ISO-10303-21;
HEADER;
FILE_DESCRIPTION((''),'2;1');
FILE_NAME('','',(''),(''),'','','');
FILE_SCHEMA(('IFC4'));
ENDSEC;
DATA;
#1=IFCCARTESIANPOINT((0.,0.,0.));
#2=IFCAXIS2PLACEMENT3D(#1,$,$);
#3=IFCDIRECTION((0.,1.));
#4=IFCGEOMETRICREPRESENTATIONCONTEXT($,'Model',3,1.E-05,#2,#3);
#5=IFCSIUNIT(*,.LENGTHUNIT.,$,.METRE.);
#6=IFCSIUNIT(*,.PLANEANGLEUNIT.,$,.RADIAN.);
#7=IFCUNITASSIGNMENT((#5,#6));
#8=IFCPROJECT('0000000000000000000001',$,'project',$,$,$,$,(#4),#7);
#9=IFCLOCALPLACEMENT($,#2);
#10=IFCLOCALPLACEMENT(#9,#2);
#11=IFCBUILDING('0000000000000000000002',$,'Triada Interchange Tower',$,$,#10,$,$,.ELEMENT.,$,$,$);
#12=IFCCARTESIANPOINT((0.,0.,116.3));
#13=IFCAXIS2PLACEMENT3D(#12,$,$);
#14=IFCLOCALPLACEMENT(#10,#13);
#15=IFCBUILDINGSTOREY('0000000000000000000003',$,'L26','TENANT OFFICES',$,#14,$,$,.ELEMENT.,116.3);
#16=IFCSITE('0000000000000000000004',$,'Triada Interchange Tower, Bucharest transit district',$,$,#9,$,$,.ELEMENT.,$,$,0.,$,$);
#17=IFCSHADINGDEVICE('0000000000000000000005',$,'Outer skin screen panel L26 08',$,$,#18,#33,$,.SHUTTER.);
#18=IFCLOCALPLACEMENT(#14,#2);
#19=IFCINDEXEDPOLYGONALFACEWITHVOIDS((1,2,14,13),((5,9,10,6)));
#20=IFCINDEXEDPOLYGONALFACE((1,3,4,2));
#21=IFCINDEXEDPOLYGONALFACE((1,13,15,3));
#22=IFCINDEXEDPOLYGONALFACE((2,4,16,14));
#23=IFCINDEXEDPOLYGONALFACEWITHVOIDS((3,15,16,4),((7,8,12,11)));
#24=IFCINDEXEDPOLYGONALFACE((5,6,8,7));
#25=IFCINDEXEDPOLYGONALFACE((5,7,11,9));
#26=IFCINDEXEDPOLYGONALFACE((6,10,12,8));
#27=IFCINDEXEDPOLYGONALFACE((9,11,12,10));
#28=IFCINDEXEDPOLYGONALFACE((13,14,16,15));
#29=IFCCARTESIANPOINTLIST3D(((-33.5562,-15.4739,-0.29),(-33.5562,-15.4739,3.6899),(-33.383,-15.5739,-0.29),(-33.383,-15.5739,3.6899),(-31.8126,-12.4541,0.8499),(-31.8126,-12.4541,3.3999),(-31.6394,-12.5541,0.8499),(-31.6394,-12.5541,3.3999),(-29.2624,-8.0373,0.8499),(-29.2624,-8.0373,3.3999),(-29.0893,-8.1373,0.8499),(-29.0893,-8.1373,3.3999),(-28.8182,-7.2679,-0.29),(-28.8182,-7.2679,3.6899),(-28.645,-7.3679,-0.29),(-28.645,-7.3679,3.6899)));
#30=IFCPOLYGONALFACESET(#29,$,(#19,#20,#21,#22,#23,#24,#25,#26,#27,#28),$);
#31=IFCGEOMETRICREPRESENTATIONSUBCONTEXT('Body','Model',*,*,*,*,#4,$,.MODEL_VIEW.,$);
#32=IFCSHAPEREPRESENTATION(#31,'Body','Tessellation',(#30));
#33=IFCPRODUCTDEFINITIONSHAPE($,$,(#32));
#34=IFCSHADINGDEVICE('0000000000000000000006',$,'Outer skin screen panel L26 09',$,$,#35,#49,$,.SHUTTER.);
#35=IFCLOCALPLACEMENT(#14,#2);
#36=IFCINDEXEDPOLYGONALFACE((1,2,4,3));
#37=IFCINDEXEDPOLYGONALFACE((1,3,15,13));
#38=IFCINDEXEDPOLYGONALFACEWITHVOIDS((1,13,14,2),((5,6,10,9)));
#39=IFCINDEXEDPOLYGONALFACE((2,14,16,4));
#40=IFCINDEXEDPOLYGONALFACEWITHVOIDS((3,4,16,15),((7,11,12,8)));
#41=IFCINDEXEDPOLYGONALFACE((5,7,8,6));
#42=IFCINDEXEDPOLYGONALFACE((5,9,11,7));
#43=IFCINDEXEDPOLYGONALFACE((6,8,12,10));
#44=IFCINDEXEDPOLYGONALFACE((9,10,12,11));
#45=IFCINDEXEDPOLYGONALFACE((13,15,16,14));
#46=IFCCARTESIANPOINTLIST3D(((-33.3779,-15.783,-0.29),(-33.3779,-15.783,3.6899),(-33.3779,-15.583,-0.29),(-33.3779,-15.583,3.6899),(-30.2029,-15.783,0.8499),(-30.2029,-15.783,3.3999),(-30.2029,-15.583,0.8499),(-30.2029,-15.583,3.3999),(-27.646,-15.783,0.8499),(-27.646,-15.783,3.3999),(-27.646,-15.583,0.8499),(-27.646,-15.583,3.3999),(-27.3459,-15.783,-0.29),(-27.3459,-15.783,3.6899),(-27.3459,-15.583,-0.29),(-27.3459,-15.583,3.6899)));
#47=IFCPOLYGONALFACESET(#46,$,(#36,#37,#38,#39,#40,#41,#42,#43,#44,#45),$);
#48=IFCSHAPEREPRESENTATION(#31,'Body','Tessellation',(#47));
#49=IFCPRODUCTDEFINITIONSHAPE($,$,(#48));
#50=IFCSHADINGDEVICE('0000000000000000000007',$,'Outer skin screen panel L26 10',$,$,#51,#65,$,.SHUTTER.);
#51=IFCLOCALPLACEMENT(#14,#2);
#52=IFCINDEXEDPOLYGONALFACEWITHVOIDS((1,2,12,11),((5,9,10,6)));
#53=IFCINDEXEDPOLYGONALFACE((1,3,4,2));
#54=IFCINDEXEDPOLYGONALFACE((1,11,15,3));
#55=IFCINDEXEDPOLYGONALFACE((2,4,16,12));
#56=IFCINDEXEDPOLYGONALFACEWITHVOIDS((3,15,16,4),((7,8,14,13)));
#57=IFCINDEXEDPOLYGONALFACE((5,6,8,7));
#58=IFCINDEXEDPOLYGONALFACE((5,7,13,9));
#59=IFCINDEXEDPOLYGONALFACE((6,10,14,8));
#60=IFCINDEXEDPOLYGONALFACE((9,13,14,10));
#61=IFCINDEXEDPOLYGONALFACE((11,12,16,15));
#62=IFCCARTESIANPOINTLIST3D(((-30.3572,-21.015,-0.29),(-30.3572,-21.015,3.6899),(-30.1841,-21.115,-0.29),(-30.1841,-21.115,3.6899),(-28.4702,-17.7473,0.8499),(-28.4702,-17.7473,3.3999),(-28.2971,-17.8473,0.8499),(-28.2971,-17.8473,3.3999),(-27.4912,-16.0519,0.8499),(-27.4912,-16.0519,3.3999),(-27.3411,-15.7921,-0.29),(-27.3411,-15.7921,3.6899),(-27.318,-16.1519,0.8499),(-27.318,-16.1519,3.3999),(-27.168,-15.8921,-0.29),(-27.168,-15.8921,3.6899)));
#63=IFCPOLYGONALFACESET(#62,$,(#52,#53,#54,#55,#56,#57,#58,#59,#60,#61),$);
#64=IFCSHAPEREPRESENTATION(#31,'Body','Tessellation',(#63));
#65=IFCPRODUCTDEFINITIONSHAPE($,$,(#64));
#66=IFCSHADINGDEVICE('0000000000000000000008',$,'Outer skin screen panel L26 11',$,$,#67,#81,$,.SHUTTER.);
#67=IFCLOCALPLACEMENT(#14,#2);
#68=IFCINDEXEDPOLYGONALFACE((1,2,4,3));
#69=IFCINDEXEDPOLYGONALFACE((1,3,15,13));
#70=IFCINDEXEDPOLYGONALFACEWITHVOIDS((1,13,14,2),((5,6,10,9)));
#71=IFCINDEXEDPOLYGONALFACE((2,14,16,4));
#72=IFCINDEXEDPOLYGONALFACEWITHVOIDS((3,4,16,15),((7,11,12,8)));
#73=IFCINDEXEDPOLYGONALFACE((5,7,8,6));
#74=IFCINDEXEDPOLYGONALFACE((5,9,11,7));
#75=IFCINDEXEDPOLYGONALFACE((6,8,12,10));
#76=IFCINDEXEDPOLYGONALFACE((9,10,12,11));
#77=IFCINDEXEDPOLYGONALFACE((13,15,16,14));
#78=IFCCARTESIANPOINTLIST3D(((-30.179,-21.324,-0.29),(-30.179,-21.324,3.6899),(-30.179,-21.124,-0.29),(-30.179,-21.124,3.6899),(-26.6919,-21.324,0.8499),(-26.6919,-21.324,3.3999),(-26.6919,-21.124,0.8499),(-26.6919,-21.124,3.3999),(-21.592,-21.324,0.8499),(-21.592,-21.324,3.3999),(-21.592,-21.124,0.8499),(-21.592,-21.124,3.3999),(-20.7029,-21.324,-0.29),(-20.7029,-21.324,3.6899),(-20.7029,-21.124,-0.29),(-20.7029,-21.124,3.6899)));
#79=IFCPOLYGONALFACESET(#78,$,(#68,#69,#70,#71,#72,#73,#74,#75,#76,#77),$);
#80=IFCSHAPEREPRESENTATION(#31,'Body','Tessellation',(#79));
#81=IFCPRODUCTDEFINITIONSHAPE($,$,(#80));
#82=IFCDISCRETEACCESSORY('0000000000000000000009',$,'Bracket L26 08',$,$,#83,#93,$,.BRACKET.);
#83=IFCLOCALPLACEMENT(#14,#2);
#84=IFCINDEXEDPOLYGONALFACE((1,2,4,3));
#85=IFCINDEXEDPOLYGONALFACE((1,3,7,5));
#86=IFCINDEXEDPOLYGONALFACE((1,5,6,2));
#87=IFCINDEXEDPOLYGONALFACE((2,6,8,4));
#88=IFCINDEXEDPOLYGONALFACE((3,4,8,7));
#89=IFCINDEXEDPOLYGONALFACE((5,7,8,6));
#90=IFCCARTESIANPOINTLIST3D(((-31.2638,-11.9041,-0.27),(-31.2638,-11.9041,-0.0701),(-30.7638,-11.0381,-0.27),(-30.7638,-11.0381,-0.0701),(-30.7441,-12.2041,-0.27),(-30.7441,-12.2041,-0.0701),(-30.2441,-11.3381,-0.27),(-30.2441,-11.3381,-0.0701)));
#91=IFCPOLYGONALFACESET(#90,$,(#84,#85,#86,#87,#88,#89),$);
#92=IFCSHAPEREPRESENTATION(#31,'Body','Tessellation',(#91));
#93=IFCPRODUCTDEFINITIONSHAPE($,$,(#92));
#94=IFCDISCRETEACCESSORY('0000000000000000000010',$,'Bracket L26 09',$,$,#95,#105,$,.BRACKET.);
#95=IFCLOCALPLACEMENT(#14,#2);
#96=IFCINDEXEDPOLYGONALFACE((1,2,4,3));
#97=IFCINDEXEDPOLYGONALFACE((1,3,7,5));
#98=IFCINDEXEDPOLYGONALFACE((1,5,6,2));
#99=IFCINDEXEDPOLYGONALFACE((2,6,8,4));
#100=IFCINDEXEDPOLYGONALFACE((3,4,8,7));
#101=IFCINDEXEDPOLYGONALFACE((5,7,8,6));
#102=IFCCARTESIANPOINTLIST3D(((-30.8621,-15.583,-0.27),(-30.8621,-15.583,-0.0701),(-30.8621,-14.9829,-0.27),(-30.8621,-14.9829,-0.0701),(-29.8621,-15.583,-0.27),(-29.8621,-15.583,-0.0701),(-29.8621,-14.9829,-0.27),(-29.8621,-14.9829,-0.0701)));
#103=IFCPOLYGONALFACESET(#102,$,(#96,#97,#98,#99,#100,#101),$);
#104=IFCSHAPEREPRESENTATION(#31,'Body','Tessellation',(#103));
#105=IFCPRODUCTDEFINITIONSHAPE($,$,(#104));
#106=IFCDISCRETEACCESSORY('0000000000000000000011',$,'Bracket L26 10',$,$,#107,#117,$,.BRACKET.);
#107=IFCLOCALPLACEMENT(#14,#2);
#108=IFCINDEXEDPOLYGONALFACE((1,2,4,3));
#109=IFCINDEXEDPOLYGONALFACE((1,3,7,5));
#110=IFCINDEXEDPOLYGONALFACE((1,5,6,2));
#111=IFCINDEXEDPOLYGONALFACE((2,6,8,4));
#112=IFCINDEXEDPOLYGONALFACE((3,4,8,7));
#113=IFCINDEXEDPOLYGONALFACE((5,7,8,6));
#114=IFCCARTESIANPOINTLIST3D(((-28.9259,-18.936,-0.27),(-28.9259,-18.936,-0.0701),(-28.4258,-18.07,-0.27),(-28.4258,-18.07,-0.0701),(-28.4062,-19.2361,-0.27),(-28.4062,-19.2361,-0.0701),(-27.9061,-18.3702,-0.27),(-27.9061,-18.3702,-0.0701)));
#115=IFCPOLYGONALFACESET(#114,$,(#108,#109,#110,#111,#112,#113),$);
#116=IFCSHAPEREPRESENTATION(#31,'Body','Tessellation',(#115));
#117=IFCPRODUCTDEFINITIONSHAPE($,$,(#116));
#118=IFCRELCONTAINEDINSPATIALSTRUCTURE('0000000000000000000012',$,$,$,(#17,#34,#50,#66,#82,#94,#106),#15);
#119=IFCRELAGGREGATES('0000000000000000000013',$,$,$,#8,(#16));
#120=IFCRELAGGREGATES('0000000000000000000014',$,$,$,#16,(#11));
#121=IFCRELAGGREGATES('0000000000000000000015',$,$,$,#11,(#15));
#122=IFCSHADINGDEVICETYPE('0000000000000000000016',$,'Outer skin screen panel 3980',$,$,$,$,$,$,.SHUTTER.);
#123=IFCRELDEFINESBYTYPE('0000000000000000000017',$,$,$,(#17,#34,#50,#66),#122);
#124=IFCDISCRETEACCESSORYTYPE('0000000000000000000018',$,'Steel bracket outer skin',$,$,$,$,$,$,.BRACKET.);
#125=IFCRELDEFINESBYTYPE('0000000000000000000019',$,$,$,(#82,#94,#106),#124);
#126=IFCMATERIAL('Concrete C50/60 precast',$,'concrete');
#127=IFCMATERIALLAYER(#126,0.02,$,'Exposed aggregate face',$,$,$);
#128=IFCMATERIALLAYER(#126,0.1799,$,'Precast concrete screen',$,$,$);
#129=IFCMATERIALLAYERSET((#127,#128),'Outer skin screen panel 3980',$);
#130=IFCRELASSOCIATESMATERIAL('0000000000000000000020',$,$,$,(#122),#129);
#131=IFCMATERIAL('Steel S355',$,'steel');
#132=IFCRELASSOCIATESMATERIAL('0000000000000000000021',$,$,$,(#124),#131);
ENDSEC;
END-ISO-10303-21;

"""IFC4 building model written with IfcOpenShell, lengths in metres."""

from ifc_helpers import new_model, si_unit, direction, frame, origin, origin_2d, place, context, subcontext, project, spatial, polyline, rectangle, outline, extrude, material, layer, layer_set, type_object, element, save


model = new_model("IFC4")

# Units and contexts
model_context = context("Model", 3, precision=1e-05, world=origin(), true_north=direction((0.0, 1.0)))
body_context = subcontext(model_context, "Body", "Model", "MODEL_VIEW")
ifc_project = project(units=[si_unit("LENGTHUNIT", "METRE"), si_unit("PLANEANGLEUNIT", "RADIAN")], contexts=[model_context])

# Site, building, storey
site_placement = place(None, origin())
site = spatial("IfcSite", under=ifc_project, at=site_placement, Name="Triada Interchange Tower, Bucharest transit district", CompositionType="ELEMENT", RefElevation=0.0)
building_placement = place(site_placement, origin())
building = spatial("IfcBuilding", under=site, at=building_placement, Name="Triada Interchange Tower", CompositionType="ELEMENT")
storey_placement = place(building_placement, frame((0.0, 0.0, 116.3)))
storey = spatial("IfcBuildingStorey", under=building, at=storey_placement, Name="L26", Description="TENANT OFFICES", CompositionType="ELEMENT", Elevation=116.3)

# Shading devices
ifc_material_1 = material(Name="Concrete C50/60 precast", Category="concrete")
ifc_layer_1 = layer(ifc_material_1, 0.02, Name="Exposed aggregate face")
ifc_layer_2 = layer(ifc_material_1, 0.1799, Name="Precast concrete screen")
ifc_layer_set_1 = layer_set([ifc_layer_1, ifc_layer_2], Name="Outer skin screen panel 3980")
shading_device_type = type_object("IfcShadingDeviceType", Name="Outer skin screen panel 3980", PredefinedType="SHUTTER", material=ifc_layer_set_1)
shading_device_1_placement = place(storey_placement, frame((-28.645, -7.3679, -0.29), z_axis=(0.0, 0.0, 1.0), x_axis=(-0.500021, -0.866013, 0.0)))
element("IfcShadingDevice", 1, at=shading_device_1_placement, inside=storey, type_object=shading_device_type, Name="Outer skin screen panel L26 08", PredefinedType="SHUTTER", context=body_context, shape_type="SweptSolid", body=[
    extrude(outline(polyline([(0.0, 0.0), (9.4756, 0.0), (9.4756, 3.98), (0.0, 3.98), (0.0, 0.0)]), holes=[polyline([(0.8884, 1.1399), (0.8884, 3.6899), (5.9885, 3.6899), (5.9885, 1.1399), (0.8884, 1.1399)])]), frame((0.0, 0.0, 0.0), z_axis=(0.0, -1.0, 0.0), x_axis=(1.0, 0.0, 0.0)), (0.0, 0.0, 1.0), 0.2),
])
shading_device_2_placement = place(storey_placement, frame((-33.3779, -15.583, -0.29), z_axis=(0.0, 0.0, 1.0), x_axis=(1.0, 0.0, 0.0)))
element("IfcShadingDevice", 2, at=shading_device_2_placement, inside=storey, type_object=shading_device_type, Name="Outer skin screen panel L26 09", PredefinedType="SHUTTER", context=body_context, shape_type="SweptSolid", body=[
    extrude(outline(polyline([(0.0, 0.0), (6.032, 0.0), (6.032, 3.98), (0.0, 3.98), (0.0, 0.0)]), holes=[polyline([(3.175, 1.1399), (3.175, 3.6899), (5.7319, 3.6899), (5.7319, 1.1399), (3.175, 1.1399)])]), frame((0.0, 0.0, 0.0), z_axis=(0.0, -1.0, 0.0), x_axis=(1.0, 0.0, 0.0)), (0.0, 0.0, 1.0), 0.2),
])
shading_device_3_placement = place(storey_placement, frame((-27.168, -15.8921, -0.29), z_axis=(0.0, 0.0, 1.0), x_axis=(-0.500083, -0.865977, 0.0)))
element("IfcShadingDevice", 3, at=shading_device_3_placement, inside=storey, type_object=shading_device_type, Name="Outer skin screen panel L26 10", PredefinedType="SHUTTER", context=body_context, shape_type="SweptSolid", body=[
    extrude(outline(polyline([(0.0, 0.0), (6.0312, 0.0), (6.0312, 3.98), (0.0, 3.98), (0.0, 0.0)]), holes=[polyline([(0.3, 1.1399), (0.3, 3.6899), (2.2578, 3.6899), (2.2578, 1.1399), (0.3, 1.1399)])]), frame((0.0, 0.0, 0.0), z_axis=(0.0, -1.0, 0.0), x_axis=(1.0, 0.0, 0.0)), (0.0, 0.0, 1.0), 0.2),
])
shading_device_4_placement = place(storey_placement, frame((-30.179, -21.124, -0.29), z_axis=(0.0, 0.0, 1.0), x_axis=(1.0, 0.0, 0.0)))
element("IfcShadingDevice", 4, at=shading_device_4_placement, inside=storey, type_object=shading_device_type, Name="Outer skin screen panel L26 11", PredefinedType="SHUTTER", context=body_context, shape_type="SweptSolid", body=[
    extrude(outline(polyline([(0.0, 0.0), (9.4761, 0.0), (9.4761, 3.98), (0.0, 3.98), (0.0, 0.0)]), holes=[polyline([(3.4871, 1.1399), (3.4871, 3.6899), (8.5869, 3.6899), (8.5869, 1.1399), (3.4871, 1.1399)])]), frame((0.0, 0.0, 0.0), z_axis=(0.0, -1.0, 0.0), x_axis=(1.0, 0.0, 0.0)), (0.0, 0.0, 1.0), 0.2),
])

# Discrete accessories
ifc_material_2 = material(Name="Steel S355", Category="steel")
discrete_accessory_type = type_object("IfcDiscreteAccessoryType", Name="Steel bracket outer skin", PredefinedType="BRACKET", material=ifc_material_2)
for number, where, z_axis, x_axis, name in (
    (5, (-30.7539, -11.6211, -0.27), (0.0, 0.0, 1.0), (-0.866028, 0.499995, 0.0), "Bracket L26 08"),
    (6, (-30.3621, -15.283, -0.27), (0.0, 0.0, 1.0), (0.0, -1.0, 0.0), "Bracket L26 09"),
    (7, (-28.416, -18.6531, -0.27), (0.0, 0.0, 1.0), (-0.865964, 0.500106, 0.0), "Bracket L26 10"),
):
    element("IfcDiscreteAccessory", number, at=place(storey_placement, frame(where, z_axis=z_axis, x_axis=x_axis)), inside=storey, type_object=discrete_accessory_type, Name=name, PredefinedType="BRACKET", context=body_context, shape_type="SweptSolid", body=[
        extrude(rectangle(XDim=0.6001, YDim=1.0, at=origin_2d()), origin(), (0.0, 0.0, 1.0), 0.2),
    ])

save(model, "model.ifc")
